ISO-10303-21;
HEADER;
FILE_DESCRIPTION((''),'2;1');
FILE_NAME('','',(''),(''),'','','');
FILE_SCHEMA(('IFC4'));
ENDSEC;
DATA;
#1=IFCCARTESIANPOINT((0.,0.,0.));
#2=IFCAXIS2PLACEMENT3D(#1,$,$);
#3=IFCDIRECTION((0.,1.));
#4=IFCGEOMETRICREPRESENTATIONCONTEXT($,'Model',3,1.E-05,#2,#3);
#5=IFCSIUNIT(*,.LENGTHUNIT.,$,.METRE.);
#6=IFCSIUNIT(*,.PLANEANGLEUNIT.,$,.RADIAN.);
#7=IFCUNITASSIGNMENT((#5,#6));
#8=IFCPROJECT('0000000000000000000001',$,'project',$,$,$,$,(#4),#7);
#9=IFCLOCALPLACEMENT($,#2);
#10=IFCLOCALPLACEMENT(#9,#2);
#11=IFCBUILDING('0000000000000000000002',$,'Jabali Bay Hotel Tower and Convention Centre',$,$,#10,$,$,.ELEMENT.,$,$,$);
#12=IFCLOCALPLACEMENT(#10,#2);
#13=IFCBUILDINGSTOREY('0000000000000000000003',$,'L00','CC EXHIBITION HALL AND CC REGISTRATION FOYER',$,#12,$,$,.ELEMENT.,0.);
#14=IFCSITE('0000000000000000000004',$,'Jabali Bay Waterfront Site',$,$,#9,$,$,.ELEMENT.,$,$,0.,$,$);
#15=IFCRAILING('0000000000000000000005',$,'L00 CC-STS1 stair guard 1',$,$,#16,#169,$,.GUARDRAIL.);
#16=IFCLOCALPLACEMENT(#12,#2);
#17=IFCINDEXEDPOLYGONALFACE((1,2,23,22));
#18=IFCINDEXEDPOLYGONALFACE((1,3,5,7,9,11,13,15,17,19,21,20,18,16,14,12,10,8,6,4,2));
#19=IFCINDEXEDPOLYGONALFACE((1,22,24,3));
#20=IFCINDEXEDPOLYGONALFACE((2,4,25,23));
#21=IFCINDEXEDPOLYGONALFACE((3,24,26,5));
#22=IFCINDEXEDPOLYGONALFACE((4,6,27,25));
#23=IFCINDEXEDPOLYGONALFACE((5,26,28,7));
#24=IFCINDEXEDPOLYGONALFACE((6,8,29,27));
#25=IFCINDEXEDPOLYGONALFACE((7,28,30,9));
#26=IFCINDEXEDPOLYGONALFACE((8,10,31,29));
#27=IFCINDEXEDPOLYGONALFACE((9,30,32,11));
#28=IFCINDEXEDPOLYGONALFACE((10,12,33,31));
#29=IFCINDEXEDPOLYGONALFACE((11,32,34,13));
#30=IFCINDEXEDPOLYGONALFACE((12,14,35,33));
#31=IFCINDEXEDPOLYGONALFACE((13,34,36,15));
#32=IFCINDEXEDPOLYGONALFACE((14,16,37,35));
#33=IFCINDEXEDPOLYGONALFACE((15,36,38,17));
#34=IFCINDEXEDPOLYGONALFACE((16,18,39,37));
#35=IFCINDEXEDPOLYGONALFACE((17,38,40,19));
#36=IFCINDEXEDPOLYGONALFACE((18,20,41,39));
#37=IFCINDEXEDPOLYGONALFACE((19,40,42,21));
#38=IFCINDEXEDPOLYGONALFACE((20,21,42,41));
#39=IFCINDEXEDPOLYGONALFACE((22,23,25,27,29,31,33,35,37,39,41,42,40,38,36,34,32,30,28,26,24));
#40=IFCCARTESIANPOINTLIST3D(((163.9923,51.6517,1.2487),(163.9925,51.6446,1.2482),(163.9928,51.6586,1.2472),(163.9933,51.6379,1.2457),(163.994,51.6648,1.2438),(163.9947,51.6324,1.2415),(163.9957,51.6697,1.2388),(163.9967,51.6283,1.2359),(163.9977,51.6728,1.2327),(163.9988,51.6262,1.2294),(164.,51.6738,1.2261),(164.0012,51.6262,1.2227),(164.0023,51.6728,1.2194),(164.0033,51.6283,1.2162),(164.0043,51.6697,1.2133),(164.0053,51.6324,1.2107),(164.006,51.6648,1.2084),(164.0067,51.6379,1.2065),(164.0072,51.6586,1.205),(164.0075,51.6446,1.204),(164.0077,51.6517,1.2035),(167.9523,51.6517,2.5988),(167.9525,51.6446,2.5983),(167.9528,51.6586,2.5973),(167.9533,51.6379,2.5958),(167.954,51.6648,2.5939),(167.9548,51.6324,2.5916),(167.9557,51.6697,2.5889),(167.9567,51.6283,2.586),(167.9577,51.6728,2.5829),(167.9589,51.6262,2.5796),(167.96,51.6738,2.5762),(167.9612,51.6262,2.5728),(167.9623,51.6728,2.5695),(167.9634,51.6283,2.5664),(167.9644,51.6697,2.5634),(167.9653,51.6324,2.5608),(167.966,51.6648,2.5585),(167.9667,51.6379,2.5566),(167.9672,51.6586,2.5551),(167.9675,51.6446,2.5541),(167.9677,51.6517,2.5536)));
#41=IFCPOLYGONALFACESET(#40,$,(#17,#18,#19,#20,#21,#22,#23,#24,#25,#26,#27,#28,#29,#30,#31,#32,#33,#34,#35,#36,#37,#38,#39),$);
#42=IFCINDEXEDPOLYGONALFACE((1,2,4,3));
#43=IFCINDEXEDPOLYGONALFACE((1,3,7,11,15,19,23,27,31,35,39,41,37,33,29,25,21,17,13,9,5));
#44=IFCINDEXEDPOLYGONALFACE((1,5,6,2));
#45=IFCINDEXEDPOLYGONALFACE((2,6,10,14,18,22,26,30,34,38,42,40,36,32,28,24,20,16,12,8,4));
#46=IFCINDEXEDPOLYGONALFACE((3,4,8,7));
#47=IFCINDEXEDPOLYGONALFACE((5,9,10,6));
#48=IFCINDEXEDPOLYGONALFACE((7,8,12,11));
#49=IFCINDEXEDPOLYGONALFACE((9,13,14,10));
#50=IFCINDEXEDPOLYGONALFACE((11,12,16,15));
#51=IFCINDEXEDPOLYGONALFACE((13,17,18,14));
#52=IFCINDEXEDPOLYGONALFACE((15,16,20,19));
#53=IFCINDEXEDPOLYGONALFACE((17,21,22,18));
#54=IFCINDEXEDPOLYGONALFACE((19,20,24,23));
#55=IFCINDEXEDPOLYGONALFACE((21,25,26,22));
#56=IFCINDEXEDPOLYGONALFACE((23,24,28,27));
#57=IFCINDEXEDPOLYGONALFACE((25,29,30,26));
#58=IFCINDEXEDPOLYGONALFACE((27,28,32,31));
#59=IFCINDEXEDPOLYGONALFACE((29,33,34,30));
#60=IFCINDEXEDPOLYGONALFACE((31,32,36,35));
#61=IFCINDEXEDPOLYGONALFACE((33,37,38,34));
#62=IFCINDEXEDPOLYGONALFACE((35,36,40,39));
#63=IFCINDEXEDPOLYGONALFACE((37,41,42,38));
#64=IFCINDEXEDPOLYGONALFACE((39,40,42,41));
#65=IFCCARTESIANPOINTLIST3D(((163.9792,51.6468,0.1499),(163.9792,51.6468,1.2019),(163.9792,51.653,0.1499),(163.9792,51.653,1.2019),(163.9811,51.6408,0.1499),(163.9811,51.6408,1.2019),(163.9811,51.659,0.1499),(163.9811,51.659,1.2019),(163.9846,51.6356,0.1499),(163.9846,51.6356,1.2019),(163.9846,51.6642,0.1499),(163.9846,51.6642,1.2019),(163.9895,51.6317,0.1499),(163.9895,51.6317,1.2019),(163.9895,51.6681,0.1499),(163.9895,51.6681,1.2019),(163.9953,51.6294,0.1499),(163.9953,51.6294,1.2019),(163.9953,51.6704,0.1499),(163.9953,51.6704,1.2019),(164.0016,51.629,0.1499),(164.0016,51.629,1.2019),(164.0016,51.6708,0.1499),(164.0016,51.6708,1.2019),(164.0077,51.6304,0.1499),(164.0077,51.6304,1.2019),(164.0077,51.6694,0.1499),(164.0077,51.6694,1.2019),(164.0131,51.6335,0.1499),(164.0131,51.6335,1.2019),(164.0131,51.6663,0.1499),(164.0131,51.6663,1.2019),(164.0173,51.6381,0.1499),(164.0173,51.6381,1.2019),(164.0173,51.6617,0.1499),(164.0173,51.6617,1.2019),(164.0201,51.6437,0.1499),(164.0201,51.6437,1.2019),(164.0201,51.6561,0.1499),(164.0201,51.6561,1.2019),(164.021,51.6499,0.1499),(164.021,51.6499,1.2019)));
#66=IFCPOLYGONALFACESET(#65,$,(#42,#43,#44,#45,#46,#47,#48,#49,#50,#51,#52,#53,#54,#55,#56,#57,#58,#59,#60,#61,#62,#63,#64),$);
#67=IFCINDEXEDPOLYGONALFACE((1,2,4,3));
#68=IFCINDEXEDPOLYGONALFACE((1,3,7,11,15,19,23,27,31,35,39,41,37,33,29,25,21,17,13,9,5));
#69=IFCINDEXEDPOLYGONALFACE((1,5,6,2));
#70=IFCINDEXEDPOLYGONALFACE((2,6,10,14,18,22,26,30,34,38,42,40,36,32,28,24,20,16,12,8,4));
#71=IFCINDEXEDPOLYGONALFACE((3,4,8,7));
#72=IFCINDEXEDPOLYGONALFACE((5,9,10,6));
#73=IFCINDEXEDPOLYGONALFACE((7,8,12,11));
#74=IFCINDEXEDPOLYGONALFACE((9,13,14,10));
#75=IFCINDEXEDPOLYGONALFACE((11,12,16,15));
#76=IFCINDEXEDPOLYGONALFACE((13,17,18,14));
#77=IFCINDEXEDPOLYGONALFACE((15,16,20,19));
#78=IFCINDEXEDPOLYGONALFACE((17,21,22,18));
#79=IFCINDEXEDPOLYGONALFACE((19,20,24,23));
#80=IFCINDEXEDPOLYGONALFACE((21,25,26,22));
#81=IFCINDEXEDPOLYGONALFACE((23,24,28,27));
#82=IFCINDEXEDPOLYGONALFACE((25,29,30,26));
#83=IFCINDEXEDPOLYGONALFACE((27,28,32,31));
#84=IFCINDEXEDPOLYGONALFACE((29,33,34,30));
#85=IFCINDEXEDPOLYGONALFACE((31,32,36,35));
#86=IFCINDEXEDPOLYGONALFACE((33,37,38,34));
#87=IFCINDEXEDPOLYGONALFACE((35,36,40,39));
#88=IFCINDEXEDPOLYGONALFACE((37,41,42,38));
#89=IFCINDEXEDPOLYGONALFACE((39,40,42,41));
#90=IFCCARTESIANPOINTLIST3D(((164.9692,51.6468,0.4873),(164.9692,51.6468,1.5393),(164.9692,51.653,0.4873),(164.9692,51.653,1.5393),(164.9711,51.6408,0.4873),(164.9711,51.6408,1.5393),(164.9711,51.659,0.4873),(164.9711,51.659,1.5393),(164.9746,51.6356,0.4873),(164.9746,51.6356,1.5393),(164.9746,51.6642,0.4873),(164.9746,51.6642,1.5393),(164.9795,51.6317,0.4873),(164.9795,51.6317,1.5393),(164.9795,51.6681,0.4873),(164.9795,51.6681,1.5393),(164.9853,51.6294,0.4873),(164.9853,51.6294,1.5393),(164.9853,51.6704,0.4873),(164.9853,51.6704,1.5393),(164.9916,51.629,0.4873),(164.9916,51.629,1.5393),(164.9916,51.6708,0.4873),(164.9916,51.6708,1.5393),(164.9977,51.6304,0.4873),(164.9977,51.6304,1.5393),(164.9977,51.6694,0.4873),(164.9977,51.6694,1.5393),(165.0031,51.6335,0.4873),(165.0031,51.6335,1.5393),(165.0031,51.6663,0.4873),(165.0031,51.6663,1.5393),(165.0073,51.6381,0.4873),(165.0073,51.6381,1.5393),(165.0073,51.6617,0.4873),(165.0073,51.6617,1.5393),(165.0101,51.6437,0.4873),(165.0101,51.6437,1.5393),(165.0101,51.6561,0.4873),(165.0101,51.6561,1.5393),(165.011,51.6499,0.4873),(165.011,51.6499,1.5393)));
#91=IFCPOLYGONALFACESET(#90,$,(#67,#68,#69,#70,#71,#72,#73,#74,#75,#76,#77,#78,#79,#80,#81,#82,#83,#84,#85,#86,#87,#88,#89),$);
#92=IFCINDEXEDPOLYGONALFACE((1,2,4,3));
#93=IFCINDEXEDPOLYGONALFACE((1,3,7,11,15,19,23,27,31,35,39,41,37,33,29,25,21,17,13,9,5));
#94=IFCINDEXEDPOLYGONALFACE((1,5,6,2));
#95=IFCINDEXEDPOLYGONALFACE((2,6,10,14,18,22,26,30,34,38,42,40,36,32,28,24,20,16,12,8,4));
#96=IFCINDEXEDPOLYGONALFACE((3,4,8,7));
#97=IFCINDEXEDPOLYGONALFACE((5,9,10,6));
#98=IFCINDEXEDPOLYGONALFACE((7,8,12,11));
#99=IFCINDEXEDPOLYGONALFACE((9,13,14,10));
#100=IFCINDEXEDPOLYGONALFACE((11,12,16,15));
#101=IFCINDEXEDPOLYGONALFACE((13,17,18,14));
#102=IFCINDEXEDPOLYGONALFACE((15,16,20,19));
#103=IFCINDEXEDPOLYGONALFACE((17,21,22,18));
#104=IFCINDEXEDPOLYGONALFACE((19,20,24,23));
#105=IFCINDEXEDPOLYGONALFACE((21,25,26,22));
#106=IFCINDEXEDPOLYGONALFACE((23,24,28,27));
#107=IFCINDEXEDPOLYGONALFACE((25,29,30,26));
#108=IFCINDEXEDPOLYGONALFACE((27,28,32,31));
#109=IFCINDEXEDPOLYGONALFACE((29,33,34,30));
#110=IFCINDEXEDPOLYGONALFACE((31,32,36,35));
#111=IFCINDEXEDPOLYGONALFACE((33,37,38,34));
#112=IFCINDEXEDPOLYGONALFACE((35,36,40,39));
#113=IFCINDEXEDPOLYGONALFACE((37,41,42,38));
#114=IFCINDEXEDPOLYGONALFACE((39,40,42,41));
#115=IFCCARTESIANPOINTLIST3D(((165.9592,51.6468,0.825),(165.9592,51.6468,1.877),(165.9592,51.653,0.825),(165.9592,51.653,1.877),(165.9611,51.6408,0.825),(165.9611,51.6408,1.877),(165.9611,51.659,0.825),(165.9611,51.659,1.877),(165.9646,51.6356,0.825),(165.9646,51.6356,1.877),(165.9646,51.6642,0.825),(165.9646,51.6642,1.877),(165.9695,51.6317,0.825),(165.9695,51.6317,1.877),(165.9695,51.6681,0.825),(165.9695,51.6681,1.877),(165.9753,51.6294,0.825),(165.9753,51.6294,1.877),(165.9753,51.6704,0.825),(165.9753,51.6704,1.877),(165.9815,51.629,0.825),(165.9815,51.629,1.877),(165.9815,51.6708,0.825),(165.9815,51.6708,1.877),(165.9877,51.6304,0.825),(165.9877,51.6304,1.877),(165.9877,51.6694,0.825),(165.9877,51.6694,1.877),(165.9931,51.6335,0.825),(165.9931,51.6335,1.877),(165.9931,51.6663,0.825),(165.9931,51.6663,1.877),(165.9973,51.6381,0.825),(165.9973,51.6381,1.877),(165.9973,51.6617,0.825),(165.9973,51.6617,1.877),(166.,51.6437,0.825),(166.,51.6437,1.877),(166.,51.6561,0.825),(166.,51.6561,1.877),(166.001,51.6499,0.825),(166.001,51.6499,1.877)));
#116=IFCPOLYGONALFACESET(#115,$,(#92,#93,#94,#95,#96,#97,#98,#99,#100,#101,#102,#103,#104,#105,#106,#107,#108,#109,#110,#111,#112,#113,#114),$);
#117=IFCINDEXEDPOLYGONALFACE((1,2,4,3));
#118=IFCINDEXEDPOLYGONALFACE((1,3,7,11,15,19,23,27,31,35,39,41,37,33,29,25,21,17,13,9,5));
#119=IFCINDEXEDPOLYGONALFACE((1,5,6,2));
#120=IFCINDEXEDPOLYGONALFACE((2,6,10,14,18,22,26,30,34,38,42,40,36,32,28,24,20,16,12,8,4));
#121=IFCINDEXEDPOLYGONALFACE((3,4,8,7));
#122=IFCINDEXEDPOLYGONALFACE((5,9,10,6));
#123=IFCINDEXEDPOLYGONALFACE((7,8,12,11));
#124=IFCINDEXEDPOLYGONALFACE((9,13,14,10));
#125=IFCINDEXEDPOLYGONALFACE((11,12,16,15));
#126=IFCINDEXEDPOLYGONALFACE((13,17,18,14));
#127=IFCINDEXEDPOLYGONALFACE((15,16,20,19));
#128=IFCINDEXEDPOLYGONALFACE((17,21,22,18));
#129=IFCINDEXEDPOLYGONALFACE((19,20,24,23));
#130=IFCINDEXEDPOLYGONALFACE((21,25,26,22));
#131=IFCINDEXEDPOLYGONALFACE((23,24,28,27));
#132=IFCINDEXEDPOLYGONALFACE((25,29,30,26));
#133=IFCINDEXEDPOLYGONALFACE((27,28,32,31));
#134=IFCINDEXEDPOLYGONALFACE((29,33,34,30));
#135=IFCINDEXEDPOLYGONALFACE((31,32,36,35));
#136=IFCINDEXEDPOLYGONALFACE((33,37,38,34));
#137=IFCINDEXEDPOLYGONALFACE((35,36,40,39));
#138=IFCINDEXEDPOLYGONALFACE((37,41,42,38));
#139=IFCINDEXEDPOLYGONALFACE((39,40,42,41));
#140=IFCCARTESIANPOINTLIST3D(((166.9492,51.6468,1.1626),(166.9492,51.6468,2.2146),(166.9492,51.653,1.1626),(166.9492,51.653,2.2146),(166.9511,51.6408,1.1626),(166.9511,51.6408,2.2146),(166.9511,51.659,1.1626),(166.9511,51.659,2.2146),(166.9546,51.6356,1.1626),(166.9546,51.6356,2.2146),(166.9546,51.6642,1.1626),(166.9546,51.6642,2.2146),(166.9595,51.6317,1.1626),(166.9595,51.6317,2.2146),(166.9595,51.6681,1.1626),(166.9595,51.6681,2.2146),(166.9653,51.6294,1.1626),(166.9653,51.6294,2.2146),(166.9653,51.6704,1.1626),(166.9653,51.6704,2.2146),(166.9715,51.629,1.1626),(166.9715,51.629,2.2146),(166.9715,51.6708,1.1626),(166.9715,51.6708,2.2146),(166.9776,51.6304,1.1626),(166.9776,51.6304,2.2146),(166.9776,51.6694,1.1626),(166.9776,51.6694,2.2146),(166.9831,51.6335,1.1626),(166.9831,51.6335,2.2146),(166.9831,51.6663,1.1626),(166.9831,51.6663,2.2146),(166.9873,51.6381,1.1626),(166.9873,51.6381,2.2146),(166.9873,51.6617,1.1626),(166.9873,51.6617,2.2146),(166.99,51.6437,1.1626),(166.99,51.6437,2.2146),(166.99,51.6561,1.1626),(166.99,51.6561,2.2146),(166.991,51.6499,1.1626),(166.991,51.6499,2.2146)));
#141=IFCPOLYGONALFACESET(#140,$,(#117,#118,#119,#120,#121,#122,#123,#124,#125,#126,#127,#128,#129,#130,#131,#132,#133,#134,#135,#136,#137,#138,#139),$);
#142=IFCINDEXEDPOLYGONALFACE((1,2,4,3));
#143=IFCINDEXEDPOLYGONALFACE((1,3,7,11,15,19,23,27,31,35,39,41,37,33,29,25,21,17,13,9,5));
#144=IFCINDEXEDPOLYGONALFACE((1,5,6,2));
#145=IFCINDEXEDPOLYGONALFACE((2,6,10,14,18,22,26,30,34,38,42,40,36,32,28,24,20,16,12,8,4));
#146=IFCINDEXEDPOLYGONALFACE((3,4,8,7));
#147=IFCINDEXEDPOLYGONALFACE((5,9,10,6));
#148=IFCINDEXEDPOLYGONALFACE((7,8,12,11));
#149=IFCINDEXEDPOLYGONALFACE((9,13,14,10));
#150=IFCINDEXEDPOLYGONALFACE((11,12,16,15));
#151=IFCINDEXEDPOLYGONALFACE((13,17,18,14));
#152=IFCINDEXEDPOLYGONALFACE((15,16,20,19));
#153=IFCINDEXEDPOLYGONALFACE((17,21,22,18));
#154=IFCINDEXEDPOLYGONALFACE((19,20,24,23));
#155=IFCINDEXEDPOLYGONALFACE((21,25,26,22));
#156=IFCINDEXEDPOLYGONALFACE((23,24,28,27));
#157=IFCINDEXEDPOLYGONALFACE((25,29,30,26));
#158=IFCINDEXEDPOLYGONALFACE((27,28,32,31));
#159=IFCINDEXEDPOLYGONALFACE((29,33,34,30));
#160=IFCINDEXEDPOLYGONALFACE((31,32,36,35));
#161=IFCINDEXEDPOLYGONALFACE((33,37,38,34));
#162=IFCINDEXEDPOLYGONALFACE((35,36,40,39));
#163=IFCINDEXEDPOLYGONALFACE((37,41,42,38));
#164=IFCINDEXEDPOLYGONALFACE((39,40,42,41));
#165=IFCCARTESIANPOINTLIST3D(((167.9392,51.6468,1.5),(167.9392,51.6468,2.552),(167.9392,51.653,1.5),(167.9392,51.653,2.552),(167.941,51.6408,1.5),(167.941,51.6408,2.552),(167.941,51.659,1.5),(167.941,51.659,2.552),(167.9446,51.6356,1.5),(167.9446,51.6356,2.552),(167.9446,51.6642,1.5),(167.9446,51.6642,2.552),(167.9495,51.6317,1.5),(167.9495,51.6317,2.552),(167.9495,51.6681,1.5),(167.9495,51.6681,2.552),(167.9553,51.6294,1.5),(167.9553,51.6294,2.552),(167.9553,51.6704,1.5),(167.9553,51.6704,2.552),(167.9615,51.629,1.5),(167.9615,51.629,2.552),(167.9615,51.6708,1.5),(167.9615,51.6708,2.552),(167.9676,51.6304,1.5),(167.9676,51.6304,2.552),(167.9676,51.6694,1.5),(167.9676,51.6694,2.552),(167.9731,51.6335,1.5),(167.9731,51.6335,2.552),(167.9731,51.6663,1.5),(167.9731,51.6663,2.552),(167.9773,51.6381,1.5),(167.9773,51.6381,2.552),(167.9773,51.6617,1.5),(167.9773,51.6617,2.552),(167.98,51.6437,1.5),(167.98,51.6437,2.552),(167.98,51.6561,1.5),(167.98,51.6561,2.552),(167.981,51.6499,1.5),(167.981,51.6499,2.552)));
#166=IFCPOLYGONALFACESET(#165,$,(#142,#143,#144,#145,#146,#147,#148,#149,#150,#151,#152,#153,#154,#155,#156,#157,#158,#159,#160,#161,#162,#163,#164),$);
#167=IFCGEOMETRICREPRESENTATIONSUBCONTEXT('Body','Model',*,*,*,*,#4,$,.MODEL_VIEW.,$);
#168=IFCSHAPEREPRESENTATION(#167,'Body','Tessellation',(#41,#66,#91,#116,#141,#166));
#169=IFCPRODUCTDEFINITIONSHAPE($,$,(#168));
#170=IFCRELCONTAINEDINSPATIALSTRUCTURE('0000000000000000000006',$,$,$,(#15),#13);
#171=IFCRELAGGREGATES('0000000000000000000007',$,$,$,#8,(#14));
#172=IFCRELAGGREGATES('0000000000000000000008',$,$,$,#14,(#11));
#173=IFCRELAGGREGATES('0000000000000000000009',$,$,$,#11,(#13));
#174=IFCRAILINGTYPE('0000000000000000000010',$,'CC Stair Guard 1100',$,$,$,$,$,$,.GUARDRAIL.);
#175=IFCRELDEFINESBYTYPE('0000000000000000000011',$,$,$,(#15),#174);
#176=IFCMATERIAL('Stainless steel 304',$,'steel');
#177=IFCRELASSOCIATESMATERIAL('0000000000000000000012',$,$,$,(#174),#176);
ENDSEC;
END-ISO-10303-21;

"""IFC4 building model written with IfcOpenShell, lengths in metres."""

from ifc_helpers import new_model, si_unit, direction, frame, origin, origin_2d, place, context, subcontext, project, spatial, circle, extrude, material, type_object, element, save


model = new_model("IFC4")

# Units and contexts
model_context = context("Model", 3, precision=1e-05, world=origin(), true_north=direction((0.0, 1.0)))
body_context = subcontext(model_context, "Body", "Model", "MODEL_VIEW")
ifc_project = project(units=[si_unit("LENGTHUNIT", "METRE"), si_unit("PLANEANGLEUNIT", "RADIAN")], contexts=[model_context])

# Site, building, storey
site_placement = place(None, origin())
site = spatial("IfcSite", under=ifc_project, at=site_placement, Name="Jabali Bay Waterfront Site", CompositionType="ELEMENT", RefElevation=0.0)
building_placement = place(site_placement, origin())
building = spatial("IfcBuilding", under=site, at=building_placement, Name="Jabali Bay Hotel Tower and Convention Centre", CompositionType="ELEMENT")
storey_placement = place(building_placement, origin())
storey = spatial("IfcBuildingStorey", under=building, at=storey_placement, Name="L00", Description="CC EXHIBITION HALL AND CC REGISTRATION FOYER", CompositionType="ELEMENT", Elevation=0.0)

# Railing
ifc_material_1 = material(Name="Stainless steel 304", Category="steel")
railing_type = type_object("IfcRailingType", Name="CC Stair Guard 1100", PredefinedType="GUARDRAIL", material=ifc_material_1)
railing_1_placement = place(storey_placement, frame((164.0, 51.6499, 0.1499)))
element("IfcRailing", 1, at=railing_1_placement, inside=storey, type_object=railing_type, Name="L00 CC-STS1 stair guard 1", PredefinedType="GUARDRAIL", context=body_context, shape_type="SweptSolid", body=[
    extrude(circle(Radius=0.0239, at=origin_2d()), frame((0.0, 0.0, 1.0762), z_axis=(0.946502, 0.0, 0.322698), x_axis=(0.0, 1.0, 0.0)), (0.0, 0.0, 1.0), 4.1838),
    extrude(circle(Radius=0.021, at=origin_2d()), origin(), (0.0, 0.0, 1.0), 1.052),
    extrude(circle(Radius=0.021, at=origin_2d()), frame((0.99, 0.0, 0.3374)), (0.0, 0.0, 1.0), 1.052),
    extrude(circle(Radius=0.021, at=origin_2d()), frame((1.98, 0.0, 0.675)), (0.0, 0.0, 1.0), 1.052),
    extrude(circle(Radius=0.021, at=origin_2d()), frame((2.97, 0.0, 1.0127)), (0.0, 0.0, 1.0), 1.052),
    extrude(circle(Radius=0.021, at=origin_2d()), frame((3.96, 0.0, 1.3501)), (0.0, 0.0, 1.0), 1.052),
])

save(model, "model.ifc")
